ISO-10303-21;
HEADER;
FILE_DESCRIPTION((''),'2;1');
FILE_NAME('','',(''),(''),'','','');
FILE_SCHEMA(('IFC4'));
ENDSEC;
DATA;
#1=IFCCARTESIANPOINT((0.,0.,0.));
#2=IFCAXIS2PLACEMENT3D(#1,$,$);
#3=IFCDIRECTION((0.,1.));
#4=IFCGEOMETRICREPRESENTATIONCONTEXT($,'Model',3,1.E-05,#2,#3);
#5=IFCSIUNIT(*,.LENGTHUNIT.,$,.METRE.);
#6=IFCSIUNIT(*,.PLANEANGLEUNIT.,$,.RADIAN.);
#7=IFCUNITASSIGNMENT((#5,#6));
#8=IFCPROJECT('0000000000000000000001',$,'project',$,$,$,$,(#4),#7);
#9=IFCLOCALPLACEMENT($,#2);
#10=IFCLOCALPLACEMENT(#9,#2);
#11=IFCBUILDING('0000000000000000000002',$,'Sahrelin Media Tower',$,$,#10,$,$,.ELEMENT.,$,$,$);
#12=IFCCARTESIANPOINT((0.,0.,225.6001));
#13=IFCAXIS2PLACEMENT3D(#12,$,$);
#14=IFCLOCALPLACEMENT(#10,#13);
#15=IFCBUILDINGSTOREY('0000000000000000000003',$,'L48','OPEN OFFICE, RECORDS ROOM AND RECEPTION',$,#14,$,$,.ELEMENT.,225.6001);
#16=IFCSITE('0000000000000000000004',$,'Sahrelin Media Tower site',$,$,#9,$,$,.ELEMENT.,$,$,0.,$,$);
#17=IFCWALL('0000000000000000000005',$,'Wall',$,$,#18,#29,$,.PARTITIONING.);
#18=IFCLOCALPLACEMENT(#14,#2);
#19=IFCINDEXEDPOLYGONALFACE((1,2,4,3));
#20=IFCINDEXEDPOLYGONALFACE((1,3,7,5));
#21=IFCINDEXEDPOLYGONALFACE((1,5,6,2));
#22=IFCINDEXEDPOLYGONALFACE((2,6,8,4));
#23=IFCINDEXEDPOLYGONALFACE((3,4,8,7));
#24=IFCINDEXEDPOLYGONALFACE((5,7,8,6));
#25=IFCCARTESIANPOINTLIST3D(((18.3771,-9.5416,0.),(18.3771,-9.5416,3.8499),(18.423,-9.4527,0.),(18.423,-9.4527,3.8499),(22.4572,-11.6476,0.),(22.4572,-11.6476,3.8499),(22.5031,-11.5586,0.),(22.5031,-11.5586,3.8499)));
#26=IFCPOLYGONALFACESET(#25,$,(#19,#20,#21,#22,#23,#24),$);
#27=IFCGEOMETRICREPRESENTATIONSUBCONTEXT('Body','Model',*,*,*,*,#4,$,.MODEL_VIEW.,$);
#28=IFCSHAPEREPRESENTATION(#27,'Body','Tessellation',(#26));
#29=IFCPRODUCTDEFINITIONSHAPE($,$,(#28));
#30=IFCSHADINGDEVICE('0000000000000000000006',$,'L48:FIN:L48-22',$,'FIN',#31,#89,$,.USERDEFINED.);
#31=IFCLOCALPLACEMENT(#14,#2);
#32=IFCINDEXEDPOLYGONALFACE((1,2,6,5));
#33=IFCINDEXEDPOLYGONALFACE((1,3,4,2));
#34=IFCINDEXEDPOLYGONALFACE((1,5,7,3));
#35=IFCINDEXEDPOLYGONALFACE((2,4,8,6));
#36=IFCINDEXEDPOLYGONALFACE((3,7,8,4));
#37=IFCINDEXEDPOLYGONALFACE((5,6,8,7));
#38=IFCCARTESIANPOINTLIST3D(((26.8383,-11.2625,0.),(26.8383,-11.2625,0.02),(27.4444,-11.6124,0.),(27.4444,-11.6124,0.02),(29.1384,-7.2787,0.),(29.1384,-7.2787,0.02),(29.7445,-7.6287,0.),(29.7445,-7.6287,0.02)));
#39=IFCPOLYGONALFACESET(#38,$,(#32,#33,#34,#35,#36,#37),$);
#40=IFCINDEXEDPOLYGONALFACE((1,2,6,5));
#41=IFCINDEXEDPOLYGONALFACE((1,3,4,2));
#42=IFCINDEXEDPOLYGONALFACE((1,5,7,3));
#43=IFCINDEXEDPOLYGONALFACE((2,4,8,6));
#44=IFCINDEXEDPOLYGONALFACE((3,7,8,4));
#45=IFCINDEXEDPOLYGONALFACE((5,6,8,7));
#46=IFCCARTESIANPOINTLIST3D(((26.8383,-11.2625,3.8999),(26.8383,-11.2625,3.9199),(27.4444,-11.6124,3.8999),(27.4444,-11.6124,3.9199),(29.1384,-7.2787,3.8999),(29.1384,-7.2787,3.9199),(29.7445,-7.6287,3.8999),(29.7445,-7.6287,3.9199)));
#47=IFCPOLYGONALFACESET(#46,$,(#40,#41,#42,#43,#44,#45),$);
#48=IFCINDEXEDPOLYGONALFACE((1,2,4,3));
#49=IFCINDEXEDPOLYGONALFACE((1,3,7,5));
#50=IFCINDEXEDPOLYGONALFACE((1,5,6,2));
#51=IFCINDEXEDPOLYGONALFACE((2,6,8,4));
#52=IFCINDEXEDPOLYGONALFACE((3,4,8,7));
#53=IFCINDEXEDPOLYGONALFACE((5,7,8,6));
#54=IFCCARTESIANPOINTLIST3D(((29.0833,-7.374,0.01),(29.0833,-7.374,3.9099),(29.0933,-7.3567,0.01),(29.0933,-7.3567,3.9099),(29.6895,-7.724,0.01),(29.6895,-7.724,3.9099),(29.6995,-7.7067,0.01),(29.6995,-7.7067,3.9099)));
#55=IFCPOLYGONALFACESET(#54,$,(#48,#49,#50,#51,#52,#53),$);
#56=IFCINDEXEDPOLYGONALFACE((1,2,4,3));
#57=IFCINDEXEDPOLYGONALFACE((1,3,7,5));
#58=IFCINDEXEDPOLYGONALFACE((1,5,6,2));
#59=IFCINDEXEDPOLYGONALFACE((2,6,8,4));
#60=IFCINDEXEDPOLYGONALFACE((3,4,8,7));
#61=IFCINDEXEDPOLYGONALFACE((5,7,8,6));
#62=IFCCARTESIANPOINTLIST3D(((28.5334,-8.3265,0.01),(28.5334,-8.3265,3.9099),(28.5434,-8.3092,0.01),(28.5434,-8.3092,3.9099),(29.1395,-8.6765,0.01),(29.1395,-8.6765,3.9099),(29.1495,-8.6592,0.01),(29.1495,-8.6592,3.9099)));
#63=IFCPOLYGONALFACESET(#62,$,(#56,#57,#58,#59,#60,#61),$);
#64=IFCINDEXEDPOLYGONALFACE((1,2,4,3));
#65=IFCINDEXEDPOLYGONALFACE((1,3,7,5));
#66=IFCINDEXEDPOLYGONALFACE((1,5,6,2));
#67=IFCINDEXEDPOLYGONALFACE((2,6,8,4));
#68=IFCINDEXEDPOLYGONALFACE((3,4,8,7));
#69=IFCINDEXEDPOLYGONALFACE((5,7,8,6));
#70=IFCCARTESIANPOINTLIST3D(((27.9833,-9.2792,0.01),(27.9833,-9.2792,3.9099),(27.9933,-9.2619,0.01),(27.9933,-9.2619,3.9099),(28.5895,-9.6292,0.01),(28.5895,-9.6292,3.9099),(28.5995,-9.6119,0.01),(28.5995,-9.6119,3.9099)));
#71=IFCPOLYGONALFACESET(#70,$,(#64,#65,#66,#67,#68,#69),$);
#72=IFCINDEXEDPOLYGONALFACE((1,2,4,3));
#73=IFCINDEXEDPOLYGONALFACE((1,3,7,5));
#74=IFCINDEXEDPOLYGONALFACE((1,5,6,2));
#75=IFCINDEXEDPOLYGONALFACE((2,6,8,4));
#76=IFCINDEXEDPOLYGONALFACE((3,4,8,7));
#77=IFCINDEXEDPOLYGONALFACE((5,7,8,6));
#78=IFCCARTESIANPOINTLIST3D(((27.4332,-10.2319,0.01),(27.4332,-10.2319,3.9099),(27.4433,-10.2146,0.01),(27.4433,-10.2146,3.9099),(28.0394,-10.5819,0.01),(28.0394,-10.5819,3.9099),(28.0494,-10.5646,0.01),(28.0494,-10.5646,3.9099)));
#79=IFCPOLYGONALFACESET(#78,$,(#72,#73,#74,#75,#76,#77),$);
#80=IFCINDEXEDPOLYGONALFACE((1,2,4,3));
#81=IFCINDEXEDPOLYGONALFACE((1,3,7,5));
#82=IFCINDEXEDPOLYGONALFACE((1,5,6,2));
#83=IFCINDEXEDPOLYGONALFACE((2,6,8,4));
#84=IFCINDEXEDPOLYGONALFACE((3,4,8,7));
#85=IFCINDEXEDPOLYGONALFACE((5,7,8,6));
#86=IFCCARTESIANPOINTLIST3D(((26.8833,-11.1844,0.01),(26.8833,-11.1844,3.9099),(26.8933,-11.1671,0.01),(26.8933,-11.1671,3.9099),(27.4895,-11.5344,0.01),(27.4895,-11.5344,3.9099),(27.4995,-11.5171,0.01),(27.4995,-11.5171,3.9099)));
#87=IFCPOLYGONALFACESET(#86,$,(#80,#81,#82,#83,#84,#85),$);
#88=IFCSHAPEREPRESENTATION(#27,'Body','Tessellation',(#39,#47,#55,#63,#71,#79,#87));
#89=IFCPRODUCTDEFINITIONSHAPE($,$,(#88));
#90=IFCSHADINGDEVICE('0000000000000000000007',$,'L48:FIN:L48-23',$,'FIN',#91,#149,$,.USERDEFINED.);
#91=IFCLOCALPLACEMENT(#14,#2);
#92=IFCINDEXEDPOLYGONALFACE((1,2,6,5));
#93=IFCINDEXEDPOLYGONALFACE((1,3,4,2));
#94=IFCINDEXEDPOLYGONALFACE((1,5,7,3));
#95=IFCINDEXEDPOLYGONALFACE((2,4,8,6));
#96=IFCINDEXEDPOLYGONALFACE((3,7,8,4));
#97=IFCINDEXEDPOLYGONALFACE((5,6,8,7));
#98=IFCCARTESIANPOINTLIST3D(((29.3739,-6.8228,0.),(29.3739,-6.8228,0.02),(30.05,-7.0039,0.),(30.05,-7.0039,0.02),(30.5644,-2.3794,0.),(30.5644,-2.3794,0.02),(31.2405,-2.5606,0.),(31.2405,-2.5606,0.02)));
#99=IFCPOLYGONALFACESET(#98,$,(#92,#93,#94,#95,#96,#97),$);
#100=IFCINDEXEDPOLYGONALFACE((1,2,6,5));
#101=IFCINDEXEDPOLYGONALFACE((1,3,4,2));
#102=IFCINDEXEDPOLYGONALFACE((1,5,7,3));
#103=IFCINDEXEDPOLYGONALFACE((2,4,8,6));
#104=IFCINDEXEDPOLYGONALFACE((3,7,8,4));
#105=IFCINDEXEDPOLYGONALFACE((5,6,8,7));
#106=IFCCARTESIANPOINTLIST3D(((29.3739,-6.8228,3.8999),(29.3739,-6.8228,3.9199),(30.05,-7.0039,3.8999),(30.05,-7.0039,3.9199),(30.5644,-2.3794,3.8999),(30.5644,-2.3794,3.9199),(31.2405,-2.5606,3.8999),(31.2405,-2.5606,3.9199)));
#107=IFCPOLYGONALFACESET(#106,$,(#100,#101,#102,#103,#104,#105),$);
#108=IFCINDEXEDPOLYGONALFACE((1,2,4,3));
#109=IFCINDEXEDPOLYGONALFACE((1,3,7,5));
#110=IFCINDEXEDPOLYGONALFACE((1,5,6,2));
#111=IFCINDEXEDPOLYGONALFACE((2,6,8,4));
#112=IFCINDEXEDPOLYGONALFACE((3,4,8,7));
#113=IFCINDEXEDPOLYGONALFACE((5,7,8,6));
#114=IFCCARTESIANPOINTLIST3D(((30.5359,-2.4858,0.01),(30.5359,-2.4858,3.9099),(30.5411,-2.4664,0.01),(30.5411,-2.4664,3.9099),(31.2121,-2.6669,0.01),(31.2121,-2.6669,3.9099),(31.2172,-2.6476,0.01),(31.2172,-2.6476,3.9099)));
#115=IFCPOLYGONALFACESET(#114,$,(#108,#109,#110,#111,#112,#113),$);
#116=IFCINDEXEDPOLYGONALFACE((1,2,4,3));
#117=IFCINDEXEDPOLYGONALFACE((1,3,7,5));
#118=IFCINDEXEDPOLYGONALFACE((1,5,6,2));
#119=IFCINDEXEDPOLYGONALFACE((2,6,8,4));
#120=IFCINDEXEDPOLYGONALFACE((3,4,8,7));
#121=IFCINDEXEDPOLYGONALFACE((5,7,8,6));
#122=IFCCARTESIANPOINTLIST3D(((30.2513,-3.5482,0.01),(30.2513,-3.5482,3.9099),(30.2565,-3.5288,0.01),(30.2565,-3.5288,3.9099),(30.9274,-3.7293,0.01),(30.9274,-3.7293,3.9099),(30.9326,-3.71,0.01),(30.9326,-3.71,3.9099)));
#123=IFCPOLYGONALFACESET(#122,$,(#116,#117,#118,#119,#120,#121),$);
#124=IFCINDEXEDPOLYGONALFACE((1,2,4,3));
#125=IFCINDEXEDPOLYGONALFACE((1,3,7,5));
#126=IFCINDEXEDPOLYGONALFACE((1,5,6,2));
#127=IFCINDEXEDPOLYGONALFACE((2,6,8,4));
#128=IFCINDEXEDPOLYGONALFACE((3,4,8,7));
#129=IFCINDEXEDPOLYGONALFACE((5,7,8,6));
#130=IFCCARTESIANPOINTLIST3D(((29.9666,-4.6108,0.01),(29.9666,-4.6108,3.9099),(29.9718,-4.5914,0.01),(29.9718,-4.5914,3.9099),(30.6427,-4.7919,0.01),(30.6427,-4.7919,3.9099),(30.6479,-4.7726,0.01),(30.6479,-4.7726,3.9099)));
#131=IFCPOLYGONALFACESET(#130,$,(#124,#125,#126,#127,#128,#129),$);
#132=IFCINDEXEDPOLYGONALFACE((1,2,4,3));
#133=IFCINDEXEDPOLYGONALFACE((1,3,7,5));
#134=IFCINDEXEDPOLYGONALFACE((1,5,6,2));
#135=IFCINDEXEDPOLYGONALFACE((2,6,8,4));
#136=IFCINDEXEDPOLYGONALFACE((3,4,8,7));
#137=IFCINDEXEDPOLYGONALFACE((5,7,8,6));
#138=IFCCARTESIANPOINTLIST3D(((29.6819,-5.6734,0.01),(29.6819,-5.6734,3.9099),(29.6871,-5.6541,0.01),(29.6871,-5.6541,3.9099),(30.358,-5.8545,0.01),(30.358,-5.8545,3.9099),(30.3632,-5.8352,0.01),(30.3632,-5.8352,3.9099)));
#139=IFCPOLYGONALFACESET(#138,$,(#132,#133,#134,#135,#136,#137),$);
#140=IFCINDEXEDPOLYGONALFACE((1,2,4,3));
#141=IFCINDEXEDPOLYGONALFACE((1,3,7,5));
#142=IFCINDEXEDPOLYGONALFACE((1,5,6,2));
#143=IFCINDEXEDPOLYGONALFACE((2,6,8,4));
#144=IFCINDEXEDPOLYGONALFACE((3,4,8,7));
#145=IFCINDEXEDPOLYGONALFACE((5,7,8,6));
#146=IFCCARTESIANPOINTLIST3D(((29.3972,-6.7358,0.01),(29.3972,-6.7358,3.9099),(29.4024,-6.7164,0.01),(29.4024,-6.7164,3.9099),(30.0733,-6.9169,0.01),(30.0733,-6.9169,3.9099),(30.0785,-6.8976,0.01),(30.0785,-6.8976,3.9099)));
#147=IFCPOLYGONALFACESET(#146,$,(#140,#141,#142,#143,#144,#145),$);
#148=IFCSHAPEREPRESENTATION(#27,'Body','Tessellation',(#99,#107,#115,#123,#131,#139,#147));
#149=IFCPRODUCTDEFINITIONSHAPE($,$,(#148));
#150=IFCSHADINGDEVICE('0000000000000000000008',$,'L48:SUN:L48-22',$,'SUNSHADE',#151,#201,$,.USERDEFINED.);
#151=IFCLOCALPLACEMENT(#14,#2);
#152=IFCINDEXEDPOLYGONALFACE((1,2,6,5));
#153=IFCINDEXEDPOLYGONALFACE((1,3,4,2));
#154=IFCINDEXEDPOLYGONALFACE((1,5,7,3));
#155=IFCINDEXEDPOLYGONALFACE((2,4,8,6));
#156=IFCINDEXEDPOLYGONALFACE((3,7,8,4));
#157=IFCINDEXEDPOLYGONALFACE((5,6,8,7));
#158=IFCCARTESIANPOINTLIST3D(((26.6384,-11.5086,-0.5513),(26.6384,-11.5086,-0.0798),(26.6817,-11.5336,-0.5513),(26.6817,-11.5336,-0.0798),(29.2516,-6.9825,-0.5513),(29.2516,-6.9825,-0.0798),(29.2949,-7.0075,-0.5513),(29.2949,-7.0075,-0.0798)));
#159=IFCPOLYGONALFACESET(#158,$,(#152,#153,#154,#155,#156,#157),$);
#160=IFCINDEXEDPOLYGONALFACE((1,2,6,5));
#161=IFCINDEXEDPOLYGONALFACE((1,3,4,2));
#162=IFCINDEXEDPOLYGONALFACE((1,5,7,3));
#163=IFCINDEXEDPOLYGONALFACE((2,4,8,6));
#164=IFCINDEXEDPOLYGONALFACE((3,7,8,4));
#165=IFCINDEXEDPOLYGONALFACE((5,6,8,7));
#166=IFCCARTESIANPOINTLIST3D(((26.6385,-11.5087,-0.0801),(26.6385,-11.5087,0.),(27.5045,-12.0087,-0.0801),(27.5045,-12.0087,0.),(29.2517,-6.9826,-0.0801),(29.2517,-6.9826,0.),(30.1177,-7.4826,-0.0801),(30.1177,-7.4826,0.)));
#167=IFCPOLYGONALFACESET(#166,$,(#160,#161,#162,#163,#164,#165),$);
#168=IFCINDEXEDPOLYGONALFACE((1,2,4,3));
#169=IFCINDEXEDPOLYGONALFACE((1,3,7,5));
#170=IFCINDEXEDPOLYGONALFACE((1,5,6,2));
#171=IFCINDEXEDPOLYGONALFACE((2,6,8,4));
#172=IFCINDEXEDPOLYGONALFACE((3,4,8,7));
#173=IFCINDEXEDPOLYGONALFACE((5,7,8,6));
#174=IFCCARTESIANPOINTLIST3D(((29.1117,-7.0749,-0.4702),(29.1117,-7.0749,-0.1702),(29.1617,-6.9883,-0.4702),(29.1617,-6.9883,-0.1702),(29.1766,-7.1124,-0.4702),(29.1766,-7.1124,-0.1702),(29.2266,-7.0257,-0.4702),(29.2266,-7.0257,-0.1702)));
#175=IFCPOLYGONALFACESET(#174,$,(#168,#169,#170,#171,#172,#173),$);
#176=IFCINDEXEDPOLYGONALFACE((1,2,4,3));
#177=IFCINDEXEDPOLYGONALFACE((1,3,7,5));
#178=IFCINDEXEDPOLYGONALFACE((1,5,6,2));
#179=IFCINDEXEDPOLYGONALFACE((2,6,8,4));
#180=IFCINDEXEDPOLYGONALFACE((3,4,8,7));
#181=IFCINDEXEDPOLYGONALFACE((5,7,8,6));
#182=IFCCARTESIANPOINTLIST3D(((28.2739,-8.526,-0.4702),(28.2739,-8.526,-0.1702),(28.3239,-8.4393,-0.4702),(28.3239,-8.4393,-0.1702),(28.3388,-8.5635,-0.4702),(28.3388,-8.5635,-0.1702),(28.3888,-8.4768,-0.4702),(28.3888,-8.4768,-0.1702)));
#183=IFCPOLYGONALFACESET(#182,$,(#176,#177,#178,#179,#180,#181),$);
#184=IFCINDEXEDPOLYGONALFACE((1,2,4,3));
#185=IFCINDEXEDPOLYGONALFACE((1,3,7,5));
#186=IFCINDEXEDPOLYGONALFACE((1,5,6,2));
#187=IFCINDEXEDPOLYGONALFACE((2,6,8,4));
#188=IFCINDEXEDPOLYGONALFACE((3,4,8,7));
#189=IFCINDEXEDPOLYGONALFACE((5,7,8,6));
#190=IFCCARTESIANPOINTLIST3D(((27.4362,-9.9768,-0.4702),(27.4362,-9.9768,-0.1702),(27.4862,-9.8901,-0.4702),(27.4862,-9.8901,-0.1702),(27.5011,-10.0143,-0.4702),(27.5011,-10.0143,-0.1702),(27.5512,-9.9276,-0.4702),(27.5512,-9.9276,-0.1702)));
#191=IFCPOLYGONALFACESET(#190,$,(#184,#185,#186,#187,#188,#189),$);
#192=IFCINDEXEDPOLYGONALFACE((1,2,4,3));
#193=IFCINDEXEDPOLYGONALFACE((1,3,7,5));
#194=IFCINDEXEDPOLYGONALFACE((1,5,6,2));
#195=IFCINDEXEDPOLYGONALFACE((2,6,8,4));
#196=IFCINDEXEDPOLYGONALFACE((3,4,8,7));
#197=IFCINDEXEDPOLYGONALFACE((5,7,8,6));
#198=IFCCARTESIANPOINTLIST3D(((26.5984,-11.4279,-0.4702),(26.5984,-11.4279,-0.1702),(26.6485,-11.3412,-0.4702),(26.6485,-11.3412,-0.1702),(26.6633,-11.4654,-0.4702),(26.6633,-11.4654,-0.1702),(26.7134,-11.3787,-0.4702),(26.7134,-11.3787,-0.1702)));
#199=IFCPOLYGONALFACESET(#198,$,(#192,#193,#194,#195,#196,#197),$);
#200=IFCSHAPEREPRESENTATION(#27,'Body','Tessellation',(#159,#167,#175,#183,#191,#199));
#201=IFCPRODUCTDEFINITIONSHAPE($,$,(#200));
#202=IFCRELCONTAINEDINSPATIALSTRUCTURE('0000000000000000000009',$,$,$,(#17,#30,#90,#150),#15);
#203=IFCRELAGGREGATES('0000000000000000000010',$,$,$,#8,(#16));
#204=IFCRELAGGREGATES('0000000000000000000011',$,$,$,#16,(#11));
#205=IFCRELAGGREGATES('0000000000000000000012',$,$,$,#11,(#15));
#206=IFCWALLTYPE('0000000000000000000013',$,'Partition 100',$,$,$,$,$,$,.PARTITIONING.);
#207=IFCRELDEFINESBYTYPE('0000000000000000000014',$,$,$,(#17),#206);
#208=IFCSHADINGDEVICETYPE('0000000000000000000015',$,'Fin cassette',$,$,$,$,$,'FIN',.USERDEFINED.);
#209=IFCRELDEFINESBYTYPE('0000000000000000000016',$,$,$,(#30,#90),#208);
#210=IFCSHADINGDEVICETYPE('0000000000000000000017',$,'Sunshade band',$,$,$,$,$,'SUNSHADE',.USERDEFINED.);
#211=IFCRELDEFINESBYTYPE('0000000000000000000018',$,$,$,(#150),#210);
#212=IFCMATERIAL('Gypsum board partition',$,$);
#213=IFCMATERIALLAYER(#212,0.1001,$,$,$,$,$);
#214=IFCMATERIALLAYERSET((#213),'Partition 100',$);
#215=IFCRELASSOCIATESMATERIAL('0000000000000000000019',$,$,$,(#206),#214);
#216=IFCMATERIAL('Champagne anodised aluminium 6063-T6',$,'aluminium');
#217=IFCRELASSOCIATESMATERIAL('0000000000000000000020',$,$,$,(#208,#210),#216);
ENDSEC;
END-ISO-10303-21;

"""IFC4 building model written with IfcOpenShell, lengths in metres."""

from ifc_helpers import new_model, si_unit, direction, frame, frame_2d, origin, origin_2d, place, context, subcontext, project, spatial, rectangle, extrude, material, layer, layer_set, type_object, element, save


model = new_model("IFC4")

# Units and contexts
model_context = context("Model", 3, precision=1e-05, world=origin(), true_north=direction((0.0, 1.0)))
body_context = subcontext(model_context, "Body", "Model", "MODEL_VIEW")
ifc_project = project(units=[si_unit("LENGTHUNIT", "METRE"), si_unit("PLANEANGLEUNIT", "RADIAN")], contexts=[model_context])

# Site, building, storey
site_placement = place(None, origin())
site = spatial("IfcSite", under=ifc_project, at=site_placement, Name="Sahrelin Media Tower site", CompositionType="ELEMENT", RefElevation=0.0)
building_placement = place(site_placement, origin())
building = spatial("IfcBuilding", under=site, at=building_placement, Name="Sahrelin Media Tower", CompositionType="ELEMENT")
storey_placement = place(building_placement, frame((0.0, 0.0, 225.6001)))
storey = spatial("IfcBuildingStorey", under=building, at=storey_placement, Name="L48", Description="OPEN OFFICE, RECORDS ROOM AND RECEPTION", CompositionType="ELEMENT", Elevation=225.6001)

# Shared definitions
ifc_material_1 = material(Name="Champagne anodised aluminium 6063-T6", Category="aluminium")

# Wall
ifc_material_2 = material(Name="Gypsum board partition")
ifc_layer_1 = layer(ifc_material_2, 0.1001)
ifc_layer_set_1 = layer_set([ifc_layer_1], Name="Partition 100")
wall_type_1 = type_object("IfcWallType", Name="Partition 100", PredefinedType="PARTITIONING", material=ifc_layer_set_1)
wall_1_placement = place(storey_placement, frame((18.3999, -9.4971, 0.0), z_axis=(0.0, 0.0, 1.0), x_axis=(0.888611, -0.458662, 0.0)))
element("IfcWall", 1, at=wall_1_placement, inside=storey, type_object=wall_type_1, Name="Wall", PredefinedType="PARTITIONING", context=body_context, shape_type="SweptSolid", body=[
    extrude(rectangle(XDim=4.5916, YDim=0.1001, at=frame_2d((2.2959, 0.0))), origin(), (0.0, 0.0, 1.0), 3.8499),
])

# Shading devices
shading_device_type_1 = type_object("IfcShadingDeviceType", Name="Fin cassette", ElementType="FIN", PredefinedType="USERDEFINED", material=ifc_material_1)
placement_1 = place(storey_placement, frame((27.9277, -9.2356, 0.0), z_axis=(0.0, 0.0, 1.0), x_axis=(-0.500011, -0.866019, 0.0)))
element("IfcShadingDevice", 2, at=placement_1, inside=storey, type_object=shading_device_type_1, Name="L48:FIN:L48-22", ObjectType="FIN", PredefinedType="USERDEFINED", context=body_context, shape_type="SweptSolid", body=[
    extrude(rectangle(XDim=4.6001, YDim=0.7, at=origin_2d()), frame((0.0, 0.4199, 0.0)), (0.0, 0.0, 1.0), 0.02),
    extrude(rectangle(XDim=4.6001, YDim=0.7, at=origin_2d()), frame((0.0, 0.4199, 3.8999)), (0.0, 0.0, 1.0), 0.02),
    extrude(rectangle(XDim=0.02, YDim=0.7, at=origin_2d()), frame((-2.2, 0.4199, 0.01), z_axis=(0.0, 0.0, 1.0), x_axis=(1.0, 0.0, 0.0)), (0.0, 0.0, 1.0), 3.8999),
    extrude(rectangle(XDim=0.02, YDim=0.7, at=origin_2d()), frame((-1.1001, 0.4199, 0.01), z_axis=(0.0, 0.0, 1.0), x_axis=(1.0, 0.0, 0.0)), (0.0, 0.0, 1.0), 3.8999),
    extrude(rectangle(XDim=0.02, YDim=0.7, at=origin_2d()), frame((0.0, 0.4199, 0.01), z_axis=(0.0, 0.0, 1.0), x_axis=(1.0, 0.0, 0.0)), (0.0, 0.0, 1.0), 3.8999),
    extrude(rectangle(XDim=0.02, YDim=0.7, at=origin_2d()), frame((1.1001, 0.4199, 0.01), z_axis=(0.0, 0.0, 1.0), x_axis=(1.0, 0.0, 0.0)), (0.0, 0.0, 1.0), 3.8999),
    extrude(rectangle(XDim=0.02, YDim=0.7, at=origin_2d()), frame((2.2, 0.4199, 0.01), z_axis=(0.0, 0.0, 1.0), x_axis=(1.0, 0.0, 0.0)), (0.0, 0.0, 1.0), 3.8999),
])
placement_2 = place(storey_placement, frame((29.9016, -4.583, 0.0), z_axis=(0.0, 0.0, 1.0), x_axis=(-0.258808, -0.965929, 0.0)))
element("IfcShadingDevice", 3, at=placement_2, inside=storey, type_object=shading_device_type_1, Name="L48:FIN:L48-23", ObjectType="FIN", PredefinedType="USERDEFINED", context=body_context, shape_type="SweptSolid", body=[
    extrude(rectangle(XDim=4.6001, YDim=0.7, at=origin_2d()), frame((0.0, 0.4199, 0.0)), (0.0, 0.0, 1.0), 0.02),
    extrude(rectangle(XDim=4.6001, YDim=0.7, at=origin_2d()), frame((0.0, 0.4199, 3.8999)), (0.0, 0.0, 1.0), 0.02),
    extrude(rectangle(XDim=0.02, YDim=0.7, at=origin_2d()), frame((-2.2, 0.4199, 0.01), z_axis=(0.0, 0.0, 1.0), x_axis=(1.0, 0.0, 0.0)), (0.0, 0.0, 1.0), 3.8999),
    extrude(rectangle(XDim=0.02, YDim=0.7, at=origin_2d()), frame((-1.1001, 0.4199, 0.01), z_axis=(0.0, 0.0, 1.0), x_axis=(1.0, 0.0, 0.0)), (0.0, 0.0, 1.0), 3.8999),
    extrude(rectangle(XDim=0.02, YDim=0.7, at=origin_2d()), frame((0.0, 0.4199, 0.01), z_axis=(0.0, 0.0, 1.0), x_axis=(1.0, 0.0, 0.0)), (0.0, 0.0, 1.0), 3.8999),
    extrude(rectangle(XDim=0.02, YDim=0.7, at=origin_2d()), frame((1.1001, 0.4199, 0.01), z_axis=(0.0, 0.0, 1.0), x_axis=(1.0, 0.0, 0.0)), (0.0, 0.0, 1.0), 3.8999),
    extrude(rectangle(XDim=0.02, YDim=0.7, at=origin_2d()), frame((2.2, 0.4199, 0.01), z_axis=(0.0, 0.0, 1.0), x_axis=(1.0, 0.0, 0.0)), (0.0, 0.0, 1.0), 3.8999),
])
shading_device_type_2 = type_object("IfcShadingDeviceType", Name="Sunshade band", ElementType="SUNSHADE", PredefinedType="USERDEFINED", material=ifc_material_1)
element("IfcShadingDevice", 4, at=placement_1, inside=storey, type_object=shading_device_type_2, Name="L48:SUN:L48-22", ObjectType="SUNSHADE", PredefinedType="USERDEFINED", context=body_context, shape_type="SweptSolid", body=[
    extrude(rectangle(XDim=5.2263, YDim=0.05, at=origin_2d()), frame((0.0, 0.0449, -0.5513)), (0.0, 0.0, 1.0), 0.4714),
    extrude(rectangle(XDim=5.2263, YDim=1.0, at=origin_2d()), frame((0.0, 0.52, -0.0801)), (0.0, 0.0, 1.0), 0.0801),
    extrude(rectangle(XDim=0.1001, YDim=0.075, at=origin_2d()), frame((-2.5132, -0.0176, -0.4702)), (0.0, 0.0, 1.0), 0.3),
    extrude(rectangle(XDim=0.1001, YDim=0.075, at=origin_2d()), frame((-0.8376, -0.0176, -0.4702)), (0.0, 0.0, 1.0), 0.3),
    extrude(rectangle(XDim=0.1001, YDim=0.075, at=origin_2d()), frame((0.8376, -0.0176, -0.4702)), (0.0, 0.0, 1.0), 0.3),
    extrude(rectangle(XDim=0.1001, YDim=0.075, at=origin_2d()), frame((2.5132, -0.0176, -0.4702)), (0.0, 0.0, 1.0), 0.3),
])

save(model, "model.ifc")
